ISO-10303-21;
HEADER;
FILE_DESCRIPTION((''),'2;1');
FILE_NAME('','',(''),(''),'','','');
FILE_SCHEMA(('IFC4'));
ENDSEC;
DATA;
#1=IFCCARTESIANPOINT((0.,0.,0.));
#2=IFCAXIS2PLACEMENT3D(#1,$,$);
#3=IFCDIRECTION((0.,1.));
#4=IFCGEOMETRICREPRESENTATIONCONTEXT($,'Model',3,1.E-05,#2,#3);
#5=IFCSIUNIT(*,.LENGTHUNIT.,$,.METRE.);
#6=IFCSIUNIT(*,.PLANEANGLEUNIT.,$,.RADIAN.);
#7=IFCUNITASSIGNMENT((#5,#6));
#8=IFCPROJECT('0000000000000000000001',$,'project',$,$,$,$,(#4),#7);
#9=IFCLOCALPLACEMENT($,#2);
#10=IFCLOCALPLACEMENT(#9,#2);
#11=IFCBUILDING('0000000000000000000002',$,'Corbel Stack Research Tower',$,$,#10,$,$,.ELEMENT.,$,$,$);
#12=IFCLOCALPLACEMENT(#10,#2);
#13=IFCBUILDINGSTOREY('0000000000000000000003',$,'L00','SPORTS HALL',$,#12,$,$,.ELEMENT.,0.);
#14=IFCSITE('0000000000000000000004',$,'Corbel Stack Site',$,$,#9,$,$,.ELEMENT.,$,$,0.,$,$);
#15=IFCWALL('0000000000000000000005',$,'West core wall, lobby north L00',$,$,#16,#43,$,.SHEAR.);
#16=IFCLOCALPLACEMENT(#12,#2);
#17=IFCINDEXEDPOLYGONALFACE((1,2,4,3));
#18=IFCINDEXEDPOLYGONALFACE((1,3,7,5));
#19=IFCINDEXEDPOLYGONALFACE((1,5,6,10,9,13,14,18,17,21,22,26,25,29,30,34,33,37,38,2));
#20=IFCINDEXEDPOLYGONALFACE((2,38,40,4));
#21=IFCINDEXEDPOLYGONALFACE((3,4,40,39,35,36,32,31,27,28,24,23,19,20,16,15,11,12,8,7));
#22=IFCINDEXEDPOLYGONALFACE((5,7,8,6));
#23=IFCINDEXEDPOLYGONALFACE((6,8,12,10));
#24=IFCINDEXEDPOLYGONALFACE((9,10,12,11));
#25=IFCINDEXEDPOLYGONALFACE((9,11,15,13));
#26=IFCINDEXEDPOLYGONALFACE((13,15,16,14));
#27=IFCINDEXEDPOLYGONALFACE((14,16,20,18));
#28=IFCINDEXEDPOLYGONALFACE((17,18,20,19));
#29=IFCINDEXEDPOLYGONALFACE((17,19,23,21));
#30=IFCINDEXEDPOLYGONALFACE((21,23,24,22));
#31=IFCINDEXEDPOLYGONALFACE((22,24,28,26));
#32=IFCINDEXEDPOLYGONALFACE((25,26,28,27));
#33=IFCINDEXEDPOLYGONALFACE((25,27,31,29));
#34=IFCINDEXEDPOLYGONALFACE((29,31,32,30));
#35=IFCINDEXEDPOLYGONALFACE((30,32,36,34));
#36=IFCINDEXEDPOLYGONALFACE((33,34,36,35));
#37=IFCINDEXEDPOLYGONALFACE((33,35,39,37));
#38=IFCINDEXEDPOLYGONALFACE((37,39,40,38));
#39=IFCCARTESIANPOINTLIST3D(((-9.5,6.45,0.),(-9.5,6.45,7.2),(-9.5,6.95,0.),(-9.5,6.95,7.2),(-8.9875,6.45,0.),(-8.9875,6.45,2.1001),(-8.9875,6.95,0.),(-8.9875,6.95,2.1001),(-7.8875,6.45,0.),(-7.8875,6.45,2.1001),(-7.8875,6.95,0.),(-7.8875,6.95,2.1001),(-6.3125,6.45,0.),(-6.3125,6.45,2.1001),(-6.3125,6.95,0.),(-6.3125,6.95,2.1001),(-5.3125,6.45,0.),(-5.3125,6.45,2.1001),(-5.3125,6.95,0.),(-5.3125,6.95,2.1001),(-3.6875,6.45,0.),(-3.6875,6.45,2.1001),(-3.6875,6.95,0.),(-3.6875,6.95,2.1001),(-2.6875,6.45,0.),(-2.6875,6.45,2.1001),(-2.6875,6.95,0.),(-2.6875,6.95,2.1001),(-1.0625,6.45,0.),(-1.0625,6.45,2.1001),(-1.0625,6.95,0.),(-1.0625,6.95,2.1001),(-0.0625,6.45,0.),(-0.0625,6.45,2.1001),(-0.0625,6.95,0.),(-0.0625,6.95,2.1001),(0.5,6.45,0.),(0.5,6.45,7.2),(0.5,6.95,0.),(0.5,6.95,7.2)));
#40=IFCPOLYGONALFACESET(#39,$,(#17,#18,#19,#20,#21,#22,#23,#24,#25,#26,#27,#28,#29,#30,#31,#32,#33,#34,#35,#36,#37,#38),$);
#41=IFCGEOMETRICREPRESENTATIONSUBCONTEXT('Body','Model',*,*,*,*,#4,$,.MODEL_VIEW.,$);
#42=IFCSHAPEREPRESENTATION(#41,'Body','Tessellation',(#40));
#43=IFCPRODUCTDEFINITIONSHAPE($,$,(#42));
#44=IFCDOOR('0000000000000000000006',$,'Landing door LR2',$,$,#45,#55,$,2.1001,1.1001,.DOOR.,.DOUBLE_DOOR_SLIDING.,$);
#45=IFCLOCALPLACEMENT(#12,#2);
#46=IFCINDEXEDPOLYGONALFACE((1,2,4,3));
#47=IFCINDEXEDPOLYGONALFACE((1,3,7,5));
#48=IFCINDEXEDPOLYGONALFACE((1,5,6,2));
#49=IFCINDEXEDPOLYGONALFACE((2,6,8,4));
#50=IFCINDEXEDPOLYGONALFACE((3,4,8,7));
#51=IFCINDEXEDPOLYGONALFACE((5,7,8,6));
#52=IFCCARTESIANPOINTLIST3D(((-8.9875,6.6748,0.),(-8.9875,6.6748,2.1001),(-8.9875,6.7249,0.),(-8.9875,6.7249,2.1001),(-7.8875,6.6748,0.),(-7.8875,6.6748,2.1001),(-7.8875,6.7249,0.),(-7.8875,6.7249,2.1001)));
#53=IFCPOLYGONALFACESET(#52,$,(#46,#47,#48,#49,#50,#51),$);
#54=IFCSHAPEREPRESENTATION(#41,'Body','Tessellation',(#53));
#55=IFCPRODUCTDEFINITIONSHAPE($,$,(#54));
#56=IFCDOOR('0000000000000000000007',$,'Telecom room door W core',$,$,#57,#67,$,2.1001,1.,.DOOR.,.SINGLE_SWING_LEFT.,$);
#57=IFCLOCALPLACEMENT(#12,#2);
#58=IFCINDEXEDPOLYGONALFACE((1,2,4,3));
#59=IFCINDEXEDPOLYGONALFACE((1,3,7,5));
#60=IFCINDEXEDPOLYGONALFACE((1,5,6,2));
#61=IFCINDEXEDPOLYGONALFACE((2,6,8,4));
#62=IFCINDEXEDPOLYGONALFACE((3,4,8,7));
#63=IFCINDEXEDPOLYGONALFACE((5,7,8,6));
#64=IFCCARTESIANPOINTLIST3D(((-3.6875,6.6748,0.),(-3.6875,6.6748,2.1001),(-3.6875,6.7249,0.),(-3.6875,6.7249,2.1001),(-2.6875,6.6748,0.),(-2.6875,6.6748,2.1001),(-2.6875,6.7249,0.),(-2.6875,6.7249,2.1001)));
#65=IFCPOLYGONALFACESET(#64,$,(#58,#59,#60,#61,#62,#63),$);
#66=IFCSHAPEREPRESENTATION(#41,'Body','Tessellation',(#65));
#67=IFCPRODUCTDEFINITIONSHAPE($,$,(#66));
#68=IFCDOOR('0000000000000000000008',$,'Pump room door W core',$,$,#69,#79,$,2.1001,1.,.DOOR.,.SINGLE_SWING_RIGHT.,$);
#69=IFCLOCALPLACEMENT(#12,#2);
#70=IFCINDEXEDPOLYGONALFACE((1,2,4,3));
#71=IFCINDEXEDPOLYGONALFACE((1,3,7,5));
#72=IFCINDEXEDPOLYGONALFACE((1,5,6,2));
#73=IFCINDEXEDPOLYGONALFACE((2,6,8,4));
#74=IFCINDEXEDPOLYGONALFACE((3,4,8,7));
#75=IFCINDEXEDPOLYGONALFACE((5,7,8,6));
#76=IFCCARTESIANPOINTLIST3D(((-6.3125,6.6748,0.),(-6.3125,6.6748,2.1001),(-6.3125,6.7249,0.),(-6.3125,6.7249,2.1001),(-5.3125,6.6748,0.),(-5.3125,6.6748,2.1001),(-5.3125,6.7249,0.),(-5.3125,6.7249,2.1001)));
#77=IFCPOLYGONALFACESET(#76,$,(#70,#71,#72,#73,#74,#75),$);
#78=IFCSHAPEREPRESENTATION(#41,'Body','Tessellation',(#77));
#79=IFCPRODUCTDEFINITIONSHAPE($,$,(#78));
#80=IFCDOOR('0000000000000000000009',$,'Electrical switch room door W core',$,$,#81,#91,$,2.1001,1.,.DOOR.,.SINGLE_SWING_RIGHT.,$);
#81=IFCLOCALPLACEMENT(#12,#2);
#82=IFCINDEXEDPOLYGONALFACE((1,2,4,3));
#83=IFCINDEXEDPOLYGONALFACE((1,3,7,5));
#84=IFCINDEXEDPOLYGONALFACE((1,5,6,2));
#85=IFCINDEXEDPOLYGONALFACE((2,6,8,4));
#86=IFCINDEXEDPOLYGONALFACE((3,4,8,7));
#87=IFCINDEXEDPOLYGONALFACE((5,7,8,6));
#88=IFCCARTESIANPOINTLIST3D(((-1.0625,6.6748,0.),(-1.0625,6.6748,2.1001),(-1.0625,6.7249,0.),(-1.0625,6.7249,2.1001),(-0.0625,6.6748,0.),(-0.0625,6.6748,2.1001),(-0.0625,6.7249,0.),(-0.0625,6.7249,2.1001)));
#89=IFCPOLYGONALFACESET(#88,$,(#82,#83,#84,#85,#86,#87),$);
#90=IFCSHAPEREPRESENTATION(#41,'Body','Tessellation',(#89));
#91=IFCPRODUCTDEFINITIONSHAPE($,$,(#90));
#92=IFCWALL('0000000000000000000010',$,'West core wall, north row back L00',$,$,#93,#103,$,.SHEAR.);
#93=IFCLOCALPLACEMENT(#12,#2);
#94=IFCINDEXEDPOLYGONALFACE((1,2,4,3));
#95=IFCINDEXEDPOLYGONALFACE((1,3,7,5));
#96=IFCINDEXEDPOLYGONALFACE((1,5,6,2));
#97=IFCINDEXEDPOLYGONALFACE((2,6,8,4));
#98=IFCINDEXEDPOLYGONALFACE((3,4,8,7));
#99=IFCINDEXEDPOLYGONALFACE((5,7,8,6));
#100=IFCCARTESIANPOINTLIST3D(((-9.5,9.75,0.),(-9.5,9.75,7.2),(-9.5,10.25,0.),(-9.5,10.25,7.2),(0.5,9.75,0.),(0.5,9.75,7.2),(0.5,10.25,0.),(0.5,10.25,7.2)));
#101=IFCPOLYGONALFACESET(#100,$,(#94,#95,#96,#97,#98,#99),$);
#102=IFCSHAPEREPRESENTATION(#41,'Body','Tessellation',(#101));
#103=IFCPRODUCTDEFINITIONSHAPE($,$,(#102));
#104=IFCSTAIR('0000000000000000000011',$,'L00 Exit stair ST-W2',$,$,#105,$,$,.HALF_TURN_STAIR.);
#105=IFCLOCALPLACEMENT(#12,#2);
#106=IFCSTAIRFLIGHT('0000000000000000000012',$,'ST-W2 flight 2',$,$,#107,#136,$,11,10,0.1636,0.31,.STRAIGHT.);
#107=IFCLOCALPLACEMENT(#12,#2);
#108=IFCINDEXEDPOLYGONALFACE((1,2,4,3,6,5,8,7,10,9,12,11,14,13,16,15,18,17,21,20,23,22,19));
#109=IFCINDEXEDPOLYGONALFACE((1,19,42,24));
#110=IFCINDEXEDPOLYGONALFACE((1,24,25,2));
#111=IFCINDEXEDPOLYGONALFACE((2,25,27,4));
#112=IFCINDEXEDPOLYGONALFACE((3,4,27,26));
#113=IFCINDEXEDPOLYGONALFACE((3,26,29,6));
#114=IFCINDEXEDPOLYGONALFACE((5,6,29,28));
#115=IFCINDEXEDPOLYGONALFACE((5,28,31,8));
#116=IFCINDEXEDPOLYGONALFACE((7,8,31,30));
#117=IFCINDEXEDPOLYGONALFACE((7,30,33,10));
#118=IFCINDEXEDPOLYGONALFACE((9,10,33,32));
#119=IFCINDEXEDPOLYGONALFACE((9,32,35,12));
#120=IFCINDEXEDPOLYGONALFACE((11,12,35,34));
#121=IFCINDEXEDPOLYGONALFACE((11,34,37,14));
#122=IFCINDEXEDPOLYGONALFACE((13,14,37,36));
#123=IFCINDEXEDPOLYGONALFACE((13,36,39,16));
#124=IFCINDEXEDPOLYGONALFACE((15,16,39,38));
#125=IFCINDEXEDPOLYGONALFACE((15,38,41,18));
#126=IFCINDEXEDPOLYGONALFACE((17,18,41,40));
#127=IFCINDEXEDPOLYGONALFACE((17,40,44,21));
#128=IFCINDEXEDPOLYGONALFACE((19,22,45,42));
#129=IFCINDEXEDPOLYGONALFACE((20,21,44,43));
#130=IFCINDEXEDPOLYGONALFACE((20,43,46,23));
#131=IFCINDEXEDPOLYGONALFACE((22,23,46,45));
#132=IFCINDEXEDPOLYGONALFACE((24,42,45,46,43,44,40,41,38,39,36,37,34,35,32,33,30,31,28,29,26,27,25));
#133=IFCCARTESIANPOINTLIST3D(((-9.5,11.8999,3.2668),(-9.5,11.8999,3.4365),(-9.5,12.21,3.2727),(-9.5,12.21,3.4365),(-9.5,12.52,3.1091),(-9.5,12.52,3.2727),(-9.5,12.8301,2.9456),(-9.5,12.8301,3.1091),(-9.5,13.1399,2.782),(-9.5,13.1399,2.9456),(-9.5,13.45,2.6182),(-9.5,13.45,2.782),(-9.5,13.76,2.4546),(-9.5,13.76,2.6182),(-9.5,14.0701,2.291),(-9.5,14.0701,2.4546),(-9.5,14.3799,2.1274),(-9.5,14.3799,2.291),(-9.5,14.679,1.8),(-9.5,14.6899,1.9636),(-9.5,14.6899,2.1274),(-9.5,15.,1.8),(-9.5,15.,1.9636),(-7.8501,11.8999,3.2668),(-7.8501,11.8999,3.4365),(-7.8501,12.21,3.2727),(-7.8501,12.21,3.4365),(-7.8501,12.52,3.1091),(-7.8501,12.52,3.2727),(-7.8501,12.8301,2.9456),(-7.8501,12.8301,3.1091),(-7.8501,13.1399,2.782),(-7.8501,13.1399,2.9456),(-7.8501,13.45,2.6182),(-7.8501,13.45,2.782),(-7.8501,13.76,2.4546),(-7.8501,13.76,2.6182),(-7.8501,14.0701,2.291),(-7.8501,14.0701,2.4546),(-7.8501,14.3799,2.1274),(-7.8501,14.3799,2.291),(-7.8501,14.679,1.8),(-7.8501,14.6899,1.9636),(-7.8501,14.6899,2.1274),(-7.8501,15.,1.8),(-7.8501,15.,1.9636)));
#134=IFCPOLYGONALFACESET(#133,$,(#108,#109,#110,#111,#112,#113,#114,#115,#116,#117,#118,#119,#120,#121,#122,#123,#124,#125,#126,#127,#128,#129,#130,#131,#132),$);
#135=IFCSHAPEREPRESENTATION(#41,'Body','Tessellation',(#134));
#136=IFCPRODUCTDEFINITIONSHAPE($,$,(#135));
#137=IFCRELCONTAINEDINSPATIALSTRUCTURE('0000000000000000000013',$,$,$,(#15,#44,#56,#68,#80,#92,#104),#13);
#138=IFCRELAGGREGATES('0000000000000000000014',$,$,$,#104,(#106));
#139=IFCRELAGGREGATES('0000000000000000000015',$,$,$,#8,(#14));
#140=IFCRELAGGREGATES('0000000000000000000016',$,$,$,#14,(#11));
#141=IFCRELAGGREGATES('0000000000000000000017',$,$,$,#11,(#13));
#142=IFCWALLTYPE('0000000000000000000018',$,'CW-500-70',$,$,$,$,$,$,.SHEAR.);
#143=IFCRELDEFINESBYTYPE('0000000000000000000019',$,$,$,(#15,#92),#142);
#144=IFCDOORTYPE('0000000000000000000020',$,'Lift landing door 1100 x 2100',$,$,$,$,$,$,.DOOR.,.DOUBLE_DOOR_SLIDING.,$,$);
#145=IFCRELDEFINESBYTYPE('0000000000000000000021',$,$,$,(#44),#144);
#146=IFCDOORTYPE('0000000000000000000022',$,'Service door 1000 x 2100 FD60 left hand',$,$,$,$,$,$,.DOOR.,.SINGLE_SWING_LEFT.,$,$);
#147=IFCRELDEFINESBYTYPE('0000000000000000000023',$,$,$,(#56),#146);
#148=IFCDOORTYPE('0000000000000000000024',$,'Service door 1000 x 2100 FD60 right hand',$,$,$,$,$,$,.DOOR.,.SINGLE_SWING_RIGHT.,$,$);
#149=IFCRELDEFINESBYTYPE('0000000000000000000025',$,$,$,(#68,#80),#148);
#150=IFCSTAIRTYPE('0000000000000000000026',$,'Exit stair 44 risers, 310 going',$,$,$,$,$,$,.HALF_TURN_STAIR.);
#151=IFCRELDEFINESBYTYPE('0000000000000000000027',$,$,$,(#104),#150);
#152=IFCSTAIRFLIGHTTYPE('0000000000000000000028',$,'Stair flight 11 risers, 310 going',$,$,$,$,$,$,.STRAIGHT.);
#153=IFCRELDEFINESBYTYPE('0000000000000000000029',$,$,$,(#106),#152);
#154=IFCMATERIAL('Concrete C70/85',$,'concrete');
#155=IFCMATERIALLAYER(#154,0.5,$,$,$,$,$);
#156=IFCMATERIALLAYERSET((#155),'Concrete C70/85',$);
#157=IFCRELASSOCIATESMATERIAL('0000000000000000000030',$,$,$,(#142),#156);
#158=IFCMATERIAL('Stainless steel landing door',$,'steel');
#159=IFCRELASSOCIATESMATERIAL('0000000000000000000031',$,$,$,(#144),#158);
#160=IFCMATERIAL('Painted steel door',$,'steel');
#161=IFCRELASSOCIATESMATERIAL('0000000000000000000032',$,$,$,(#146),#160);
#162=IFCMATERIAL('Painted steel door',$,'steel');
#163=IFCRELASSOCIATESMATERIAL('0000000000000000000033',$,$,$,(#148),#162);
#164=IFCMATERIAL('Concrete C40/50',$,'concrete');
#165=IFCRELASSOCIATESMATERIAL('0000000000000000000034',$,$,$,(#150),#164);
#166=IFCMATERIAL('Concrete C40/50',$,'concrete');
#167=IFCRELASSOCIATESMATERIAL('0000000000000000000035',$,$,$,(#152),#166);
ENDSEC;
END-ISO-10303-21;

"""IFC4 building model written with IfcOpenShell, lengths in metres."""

from ifc_helpers import new_model, si_unit, direction, frame, frame_2d, origin, place, context, subcontext, project, spatial, polyline, rectangle, outline, extrude, material, layer, layer_set, type_object, element, fill, aggregate, save


model = new_model("IFC4")

# Units and contexts
model_context = context("Model", 3, precision=1e-05, world=origin(), true_north=direction((0.0, 1.0)))
body_context = subcontext(model_context, "Body", "Model", "MODEL_VIEW")
ifc_project = project(units=[si_unit("LENGTHUNIT", "METRE"), si_unit("PLANEANGLEUNIT", "RADIAN")], contexts=[model_context])

# Site, building, storey
site_placement = place(None, origin())
site = spatial("IfcSite", under=ifc_project, at=site_placement, Name="Corbel Stack Site", CompositionType="ELEMENT", RefElevation=0.0)
building_placement = place(site_placement, origin())
building = spatial("IfcBuilding", under=site, at=building_placement, Name="Corbel Stack Research Tower", CompositionType="ELEMENT")
storey_placement = place(building_placement, origin())
storey = spatial("IfcBuildingStorey", under=building, at=storey_placement, Name="L00", Description="SPORTS HALL", CompositionType="ELEMENT", Elevation=0.0)

# Wall, openings, doors
ifc_material_1 = material(Name="Concrete C70/85", Category="concrete")
ifc_layer_1 = layer(ifc_material_1, 0.5)
ifc_layer_set_1 = layer_set([ifc_layer_1], Name="Concrete C70/85")
wall_type_1 = type_object("IfcWallType", Name="CW-500-70", PredefinedType="SHEAR", material=ifc_layer_set_1)
ifc_material_2 = material(Name="Stainless steel landing door", Category="steel")
door_type_1 = type_object("IfcDoorType", Name="Lift landing door 1100 x 2100", OperationType="DOUBLE_DOOR_SLIDING", PredefinedType="DOOR", material=ifc_material_2)
wall_1_placement = place(storey_placement, frame((-9.5, 6.7, 0.0), z_axis=(0.0, 0.0, 1.0), x_axis=(1.0, 0.0, 0.0)))
wall_1 = element("IfcWall", 1, at=wall_1_placement, inside=storey, type_object=wall_type_1, Name="West core wall, lobby north L00", PredefinedType="SHEAR", context=body_context, shape_type="SweptSolid", body=[
    extrude(rectangle(XDim=10.0, YDim=0.5, at=frame_2d((5.0, 0.0))), origin(), (0.0, 0.0, 1.0), 7.2),
])
opening_1_placement = place(wall_1_placement, frame((0.5125, 0.0, 0.0)))
opening_1 = element("IfcOpeningElement", 2, at=opening_1_placement, cuts=wall_1, PredefinedType="OPENING", context=body_context, shape_type="SweptSolid", body=[
    extrude(rectangle(XDim=1.1001, YDim=2.1001, at=frame_2d((0.55, 1.05))), frame((0.0, 0.26, 0.0), z_axis=(0.0, -1.0, 0.0), x_axis=(1.0, 0.0, 0.0)), (0.0, 0.0, 1.0), 0.52),
])
opening_2_placement = place(wall_1_placement, frame((3.1875, 0.0, 0.0)))
opening_2 = element("IfcOpeningElement", 3, at=opening_2_placement, cuts=wall_1, PredefinedType="OPENING", context=body_context, shape_type="SweptSolid", body=[
    extrude(rectangle(XDim=1.0, YDim=2.1001, at=frame_2d((0.5, 1.05))), frame((0.0, 0.26, 0.0), z_axis=(0.0, -1.0, 0.0), x_axis=(1.0, 0.0, 0.0)), (0.0, 0.0, 1.0), 0.52),
])
opening_3_placement = place(wall_1_placement, frame((5.8125, 0.0, 0.0)))
opening_3 = element("IfcOpeningElement", 4, at=opening_3_placement, cuts=wall_1, PredefinedType="OPENING", context=body_context, shape_type="SweptSolid", body=[
    extrude(rectangle(XDim=1.0, YDim=2.1001, at=frame_2d((0.5, 1.05))), frame((0.0, 0.26, 0.0), z_axis=(0.0, -1.0, 0.0), x_axis=(1.0, 0.0, 0.0)), (0.0, 0.0, 1.0), 0.52),
])
opening_4_placement = place(wall_1_placement, frame((8.4375, 0.0, 0.0)))
opening_4 = element("IfcOpeningElement", 5, at=opening_4_placement, cuts=wall_1, PredefinedType="OPENING", context=body_context, shape_type="SweptSolid", body=[
    extrude(rectangle(XDim=1.0, YDim=2.1001, at=frame_2d((0.5, 1.05))), frame((0.0, 0.26, 0.0), z_axis=(0.0, -1.0, 0.0), x_axis=(1.0, 0.0, 0.0)), (0.0, 0.0, 1.0), 0.52),
])
door_1_placement = place(opening_1_placement, origin())
door_1 = element("IfcDoor", 6, at=door_1_placement, inside=storey, type_object=door_type_1, Name="Landing door LR2", OperationType="DOUBLE_DOOR_SLIDING", OverallHeight=2.1001, OverallWidth=1.1001, PredefinedType="DOOR", context=body_context, shape_type="SweptSolid", body=[
    extrude(rectangle(XDim=1.1001, YDim=2.1001, at=frame_2d((0.55, 1.05))), frame((0.0, 0.0249, 0.0), z_axis=(0.0, -1.0, 0.0), x_axis=(1.0, 0.0, 0.0)), (0.0, 0.0, 1.0), 0.05),
])
fill(opening_1, door_1)
ifc_material_3 = material(Name="Painted steel door", Category="steel")
door_type_2 = type_object("IfcDoorType", Name="Service door 1000 x 2100 FD60 left hand", OperationType="SINGLE_SWING_LEFT", PredefinedType="DOOR", material=ifc_material_3)
door_2_placement = place(opening_3_placement, origin())
door_2 = element("IfcDoor", 7, at=door_2_placement, inside=storey, type_object=door_type_2, Name="Telecom room door W core", OperationType="SINGLE_SWING_LEFT", OverallHeight=2.1001, OverallWidth=1.0, PredefinedType="DOOR", context=body_context, shape_type="SweptSolid", body=[
    extrude(rectangle(XDim=1.0, YDim=2.1001, at=frame_2d((0.5, 1.05))), frame((0.0, 0.0249, 0.0), z_axis=(0.0, -1.0, 0.0), x_axis=(1.0, 0.0, 0.0)), (0.0, 0.0, 1.0), 0.05),
])
fill(opening_3, door_2)
ifc_material_4 = material(Name="Painted steel door", Category="steel")
door_type_3 = type_object("IfcDoorType", Name="Service door 1000 x 2100 FD60 right hand", OperationType="SINGLE_SWING_RIGHT", PredefinedType="DOOR", material=ifc_material_4)
door_3_placement = place(opening_2_placement, origin())
door_3 = element("IfcDoor", 8, at=door_3_placement, inside=storey, type_object=door_type_3, Name="Pump room door W core", OperationType="SINGLE_SWING_RIGHT", OverallHeight=2.1001, OverallWidth=1.0, PredefinedType="DOOR", context=body_context, shape_type="SweptSolid", body=[
    extrude(rectangle(XDim=1.0, YDim=2.1001, at=frame_2d((0.5, 1.05))), frame((0.0, 0.0249, 0.0), z_axis=(0.0, -1.0, 0.0), x_axis=(1.0, 0.0, 0.0)), (0.0, 0.0, 1.0), 0.05),
])
fill(opening_2, door_3)
door_4_placement = place(opening_4_placement, origin())
door_4 = element("IfcDoor", 9, at=door_4_placement, inside=storey, type_object=door_type_3, Name="Electrical switch room door W core", OperationType="SINGLE_SWING_RIGHT", OverallHeight=2.1001, OverallWidth=1.0, PredefinedType="DOOR", context=body_context, shape_type="SweptSolid", body=[
    extrude(rectangle(XDim=1.0, YDim=2.1001, at=frame_2d((0.5, 1.05))), frame((0.0, 0.0249, 0.0), z_axis=(0.0, -1.0, 0.0), x_axis=(1.0, 0.0, 0.0)), (0.0, 0.0, 1.0), 0.05),
])
fill(opening_4, door_4)

# Wall
wall_2_placement = place(storey_placement, frame((-9.5, 10.0, 0.0), z_axis=(0.0, 0.0, 1.0), x_axis=(1.0, 0.0, 0.0)))
element("IfcWall", 10, at=wall_2_placement, inside=storey, type_object=wall_type_1, Name="West core wall, north row back L00", PredefinedType="SHEAR", context=body_context, shape_type="SweptSolid", body=[
    extrude(rectangle(XDim=10.0, YDim=0.5, at=frame_2d((5.0, 0.0))), origin(), (0.0, 0.0, 1.0), 7.2),
])

# Stair, stair flight
ifc_material_5 = material(Name="Concrete C40/50", Category="concrete")
stair_type = type_object("IfcStairType", Name="Exit stair 44 risers, 310 going", PredefinedType="HALF_TURN_STAIR", material=ifc_material_5)
stair_placement = place(storey_placement, origin())
stair = element("IfcStair", 11, at=stair_placement, inside=storey, type_object=stair_type, Name="L00 Exit stair ST-W2", PredefinedType="HALF_TURN_STAIR")
ifc_material_6 = material(Name="Concrete C40/50", Category="concrete")
stair_flight_type = type_object("IfcStairFlightType", Name="Stair flight 11 risers, 310 going", PredefinedType="STRAIGHT", material=ifc_material_6)
stair_flight_placement = place(storey_placement, frame((-8.675, 15.0, 1.8), z_axis=(0.0, 0.0, 1.0), x_axis=(0.0, -1.0, 0.0)))
stair_flight = element("IfcStairFlight", 12, at=stair_flight_placement, type_object=stair_flight_type, Name="ST-W2 flight 2", NumberOfRisers=11, NumberOfTreads=10, PredefinedType="STRAIGHT", RiserHeight=0.1636, TreadLength=0.31, context=body_context, shape_type="SweptSolid", body=[
    extrude(outline(polyline([(0.0, 0.0), (0.0, 0.1636), (0.3101, 0.1636), (0.3101, 0.3274), (0.6201, 0.3274), (0.6201, 0.491), (0.9299, 0.491), (0.9299, 0.6545), (1.24, 0.6545), (1.24, 0.8181), (1.55, 0.8181), (1.55, 0.9819), (1.8601, 0.9819), (1.8601, 1.1455), (2.1699, 1.1455), (2.1699, 1.3091), (2.48, 1.3091), (2.48, 1.4727), (2.79, 1.4727), (2.79, 1.6365), (3.1001, 1.6365), (3.1001, 1.8), (3.1001, 1.4668), (0.321, 0.0), (0.0, 0.0)])), frame((0.0, 0.825, 0.0), z_axis=(0.0, -1.0, 0.0), x_axis=(1.0, 0.0, 0.0)), (0.0, 0.0, 1.0), 1.6499),
])
aggregate(stair, [stair_flight])

save(model, "model.ifc")
